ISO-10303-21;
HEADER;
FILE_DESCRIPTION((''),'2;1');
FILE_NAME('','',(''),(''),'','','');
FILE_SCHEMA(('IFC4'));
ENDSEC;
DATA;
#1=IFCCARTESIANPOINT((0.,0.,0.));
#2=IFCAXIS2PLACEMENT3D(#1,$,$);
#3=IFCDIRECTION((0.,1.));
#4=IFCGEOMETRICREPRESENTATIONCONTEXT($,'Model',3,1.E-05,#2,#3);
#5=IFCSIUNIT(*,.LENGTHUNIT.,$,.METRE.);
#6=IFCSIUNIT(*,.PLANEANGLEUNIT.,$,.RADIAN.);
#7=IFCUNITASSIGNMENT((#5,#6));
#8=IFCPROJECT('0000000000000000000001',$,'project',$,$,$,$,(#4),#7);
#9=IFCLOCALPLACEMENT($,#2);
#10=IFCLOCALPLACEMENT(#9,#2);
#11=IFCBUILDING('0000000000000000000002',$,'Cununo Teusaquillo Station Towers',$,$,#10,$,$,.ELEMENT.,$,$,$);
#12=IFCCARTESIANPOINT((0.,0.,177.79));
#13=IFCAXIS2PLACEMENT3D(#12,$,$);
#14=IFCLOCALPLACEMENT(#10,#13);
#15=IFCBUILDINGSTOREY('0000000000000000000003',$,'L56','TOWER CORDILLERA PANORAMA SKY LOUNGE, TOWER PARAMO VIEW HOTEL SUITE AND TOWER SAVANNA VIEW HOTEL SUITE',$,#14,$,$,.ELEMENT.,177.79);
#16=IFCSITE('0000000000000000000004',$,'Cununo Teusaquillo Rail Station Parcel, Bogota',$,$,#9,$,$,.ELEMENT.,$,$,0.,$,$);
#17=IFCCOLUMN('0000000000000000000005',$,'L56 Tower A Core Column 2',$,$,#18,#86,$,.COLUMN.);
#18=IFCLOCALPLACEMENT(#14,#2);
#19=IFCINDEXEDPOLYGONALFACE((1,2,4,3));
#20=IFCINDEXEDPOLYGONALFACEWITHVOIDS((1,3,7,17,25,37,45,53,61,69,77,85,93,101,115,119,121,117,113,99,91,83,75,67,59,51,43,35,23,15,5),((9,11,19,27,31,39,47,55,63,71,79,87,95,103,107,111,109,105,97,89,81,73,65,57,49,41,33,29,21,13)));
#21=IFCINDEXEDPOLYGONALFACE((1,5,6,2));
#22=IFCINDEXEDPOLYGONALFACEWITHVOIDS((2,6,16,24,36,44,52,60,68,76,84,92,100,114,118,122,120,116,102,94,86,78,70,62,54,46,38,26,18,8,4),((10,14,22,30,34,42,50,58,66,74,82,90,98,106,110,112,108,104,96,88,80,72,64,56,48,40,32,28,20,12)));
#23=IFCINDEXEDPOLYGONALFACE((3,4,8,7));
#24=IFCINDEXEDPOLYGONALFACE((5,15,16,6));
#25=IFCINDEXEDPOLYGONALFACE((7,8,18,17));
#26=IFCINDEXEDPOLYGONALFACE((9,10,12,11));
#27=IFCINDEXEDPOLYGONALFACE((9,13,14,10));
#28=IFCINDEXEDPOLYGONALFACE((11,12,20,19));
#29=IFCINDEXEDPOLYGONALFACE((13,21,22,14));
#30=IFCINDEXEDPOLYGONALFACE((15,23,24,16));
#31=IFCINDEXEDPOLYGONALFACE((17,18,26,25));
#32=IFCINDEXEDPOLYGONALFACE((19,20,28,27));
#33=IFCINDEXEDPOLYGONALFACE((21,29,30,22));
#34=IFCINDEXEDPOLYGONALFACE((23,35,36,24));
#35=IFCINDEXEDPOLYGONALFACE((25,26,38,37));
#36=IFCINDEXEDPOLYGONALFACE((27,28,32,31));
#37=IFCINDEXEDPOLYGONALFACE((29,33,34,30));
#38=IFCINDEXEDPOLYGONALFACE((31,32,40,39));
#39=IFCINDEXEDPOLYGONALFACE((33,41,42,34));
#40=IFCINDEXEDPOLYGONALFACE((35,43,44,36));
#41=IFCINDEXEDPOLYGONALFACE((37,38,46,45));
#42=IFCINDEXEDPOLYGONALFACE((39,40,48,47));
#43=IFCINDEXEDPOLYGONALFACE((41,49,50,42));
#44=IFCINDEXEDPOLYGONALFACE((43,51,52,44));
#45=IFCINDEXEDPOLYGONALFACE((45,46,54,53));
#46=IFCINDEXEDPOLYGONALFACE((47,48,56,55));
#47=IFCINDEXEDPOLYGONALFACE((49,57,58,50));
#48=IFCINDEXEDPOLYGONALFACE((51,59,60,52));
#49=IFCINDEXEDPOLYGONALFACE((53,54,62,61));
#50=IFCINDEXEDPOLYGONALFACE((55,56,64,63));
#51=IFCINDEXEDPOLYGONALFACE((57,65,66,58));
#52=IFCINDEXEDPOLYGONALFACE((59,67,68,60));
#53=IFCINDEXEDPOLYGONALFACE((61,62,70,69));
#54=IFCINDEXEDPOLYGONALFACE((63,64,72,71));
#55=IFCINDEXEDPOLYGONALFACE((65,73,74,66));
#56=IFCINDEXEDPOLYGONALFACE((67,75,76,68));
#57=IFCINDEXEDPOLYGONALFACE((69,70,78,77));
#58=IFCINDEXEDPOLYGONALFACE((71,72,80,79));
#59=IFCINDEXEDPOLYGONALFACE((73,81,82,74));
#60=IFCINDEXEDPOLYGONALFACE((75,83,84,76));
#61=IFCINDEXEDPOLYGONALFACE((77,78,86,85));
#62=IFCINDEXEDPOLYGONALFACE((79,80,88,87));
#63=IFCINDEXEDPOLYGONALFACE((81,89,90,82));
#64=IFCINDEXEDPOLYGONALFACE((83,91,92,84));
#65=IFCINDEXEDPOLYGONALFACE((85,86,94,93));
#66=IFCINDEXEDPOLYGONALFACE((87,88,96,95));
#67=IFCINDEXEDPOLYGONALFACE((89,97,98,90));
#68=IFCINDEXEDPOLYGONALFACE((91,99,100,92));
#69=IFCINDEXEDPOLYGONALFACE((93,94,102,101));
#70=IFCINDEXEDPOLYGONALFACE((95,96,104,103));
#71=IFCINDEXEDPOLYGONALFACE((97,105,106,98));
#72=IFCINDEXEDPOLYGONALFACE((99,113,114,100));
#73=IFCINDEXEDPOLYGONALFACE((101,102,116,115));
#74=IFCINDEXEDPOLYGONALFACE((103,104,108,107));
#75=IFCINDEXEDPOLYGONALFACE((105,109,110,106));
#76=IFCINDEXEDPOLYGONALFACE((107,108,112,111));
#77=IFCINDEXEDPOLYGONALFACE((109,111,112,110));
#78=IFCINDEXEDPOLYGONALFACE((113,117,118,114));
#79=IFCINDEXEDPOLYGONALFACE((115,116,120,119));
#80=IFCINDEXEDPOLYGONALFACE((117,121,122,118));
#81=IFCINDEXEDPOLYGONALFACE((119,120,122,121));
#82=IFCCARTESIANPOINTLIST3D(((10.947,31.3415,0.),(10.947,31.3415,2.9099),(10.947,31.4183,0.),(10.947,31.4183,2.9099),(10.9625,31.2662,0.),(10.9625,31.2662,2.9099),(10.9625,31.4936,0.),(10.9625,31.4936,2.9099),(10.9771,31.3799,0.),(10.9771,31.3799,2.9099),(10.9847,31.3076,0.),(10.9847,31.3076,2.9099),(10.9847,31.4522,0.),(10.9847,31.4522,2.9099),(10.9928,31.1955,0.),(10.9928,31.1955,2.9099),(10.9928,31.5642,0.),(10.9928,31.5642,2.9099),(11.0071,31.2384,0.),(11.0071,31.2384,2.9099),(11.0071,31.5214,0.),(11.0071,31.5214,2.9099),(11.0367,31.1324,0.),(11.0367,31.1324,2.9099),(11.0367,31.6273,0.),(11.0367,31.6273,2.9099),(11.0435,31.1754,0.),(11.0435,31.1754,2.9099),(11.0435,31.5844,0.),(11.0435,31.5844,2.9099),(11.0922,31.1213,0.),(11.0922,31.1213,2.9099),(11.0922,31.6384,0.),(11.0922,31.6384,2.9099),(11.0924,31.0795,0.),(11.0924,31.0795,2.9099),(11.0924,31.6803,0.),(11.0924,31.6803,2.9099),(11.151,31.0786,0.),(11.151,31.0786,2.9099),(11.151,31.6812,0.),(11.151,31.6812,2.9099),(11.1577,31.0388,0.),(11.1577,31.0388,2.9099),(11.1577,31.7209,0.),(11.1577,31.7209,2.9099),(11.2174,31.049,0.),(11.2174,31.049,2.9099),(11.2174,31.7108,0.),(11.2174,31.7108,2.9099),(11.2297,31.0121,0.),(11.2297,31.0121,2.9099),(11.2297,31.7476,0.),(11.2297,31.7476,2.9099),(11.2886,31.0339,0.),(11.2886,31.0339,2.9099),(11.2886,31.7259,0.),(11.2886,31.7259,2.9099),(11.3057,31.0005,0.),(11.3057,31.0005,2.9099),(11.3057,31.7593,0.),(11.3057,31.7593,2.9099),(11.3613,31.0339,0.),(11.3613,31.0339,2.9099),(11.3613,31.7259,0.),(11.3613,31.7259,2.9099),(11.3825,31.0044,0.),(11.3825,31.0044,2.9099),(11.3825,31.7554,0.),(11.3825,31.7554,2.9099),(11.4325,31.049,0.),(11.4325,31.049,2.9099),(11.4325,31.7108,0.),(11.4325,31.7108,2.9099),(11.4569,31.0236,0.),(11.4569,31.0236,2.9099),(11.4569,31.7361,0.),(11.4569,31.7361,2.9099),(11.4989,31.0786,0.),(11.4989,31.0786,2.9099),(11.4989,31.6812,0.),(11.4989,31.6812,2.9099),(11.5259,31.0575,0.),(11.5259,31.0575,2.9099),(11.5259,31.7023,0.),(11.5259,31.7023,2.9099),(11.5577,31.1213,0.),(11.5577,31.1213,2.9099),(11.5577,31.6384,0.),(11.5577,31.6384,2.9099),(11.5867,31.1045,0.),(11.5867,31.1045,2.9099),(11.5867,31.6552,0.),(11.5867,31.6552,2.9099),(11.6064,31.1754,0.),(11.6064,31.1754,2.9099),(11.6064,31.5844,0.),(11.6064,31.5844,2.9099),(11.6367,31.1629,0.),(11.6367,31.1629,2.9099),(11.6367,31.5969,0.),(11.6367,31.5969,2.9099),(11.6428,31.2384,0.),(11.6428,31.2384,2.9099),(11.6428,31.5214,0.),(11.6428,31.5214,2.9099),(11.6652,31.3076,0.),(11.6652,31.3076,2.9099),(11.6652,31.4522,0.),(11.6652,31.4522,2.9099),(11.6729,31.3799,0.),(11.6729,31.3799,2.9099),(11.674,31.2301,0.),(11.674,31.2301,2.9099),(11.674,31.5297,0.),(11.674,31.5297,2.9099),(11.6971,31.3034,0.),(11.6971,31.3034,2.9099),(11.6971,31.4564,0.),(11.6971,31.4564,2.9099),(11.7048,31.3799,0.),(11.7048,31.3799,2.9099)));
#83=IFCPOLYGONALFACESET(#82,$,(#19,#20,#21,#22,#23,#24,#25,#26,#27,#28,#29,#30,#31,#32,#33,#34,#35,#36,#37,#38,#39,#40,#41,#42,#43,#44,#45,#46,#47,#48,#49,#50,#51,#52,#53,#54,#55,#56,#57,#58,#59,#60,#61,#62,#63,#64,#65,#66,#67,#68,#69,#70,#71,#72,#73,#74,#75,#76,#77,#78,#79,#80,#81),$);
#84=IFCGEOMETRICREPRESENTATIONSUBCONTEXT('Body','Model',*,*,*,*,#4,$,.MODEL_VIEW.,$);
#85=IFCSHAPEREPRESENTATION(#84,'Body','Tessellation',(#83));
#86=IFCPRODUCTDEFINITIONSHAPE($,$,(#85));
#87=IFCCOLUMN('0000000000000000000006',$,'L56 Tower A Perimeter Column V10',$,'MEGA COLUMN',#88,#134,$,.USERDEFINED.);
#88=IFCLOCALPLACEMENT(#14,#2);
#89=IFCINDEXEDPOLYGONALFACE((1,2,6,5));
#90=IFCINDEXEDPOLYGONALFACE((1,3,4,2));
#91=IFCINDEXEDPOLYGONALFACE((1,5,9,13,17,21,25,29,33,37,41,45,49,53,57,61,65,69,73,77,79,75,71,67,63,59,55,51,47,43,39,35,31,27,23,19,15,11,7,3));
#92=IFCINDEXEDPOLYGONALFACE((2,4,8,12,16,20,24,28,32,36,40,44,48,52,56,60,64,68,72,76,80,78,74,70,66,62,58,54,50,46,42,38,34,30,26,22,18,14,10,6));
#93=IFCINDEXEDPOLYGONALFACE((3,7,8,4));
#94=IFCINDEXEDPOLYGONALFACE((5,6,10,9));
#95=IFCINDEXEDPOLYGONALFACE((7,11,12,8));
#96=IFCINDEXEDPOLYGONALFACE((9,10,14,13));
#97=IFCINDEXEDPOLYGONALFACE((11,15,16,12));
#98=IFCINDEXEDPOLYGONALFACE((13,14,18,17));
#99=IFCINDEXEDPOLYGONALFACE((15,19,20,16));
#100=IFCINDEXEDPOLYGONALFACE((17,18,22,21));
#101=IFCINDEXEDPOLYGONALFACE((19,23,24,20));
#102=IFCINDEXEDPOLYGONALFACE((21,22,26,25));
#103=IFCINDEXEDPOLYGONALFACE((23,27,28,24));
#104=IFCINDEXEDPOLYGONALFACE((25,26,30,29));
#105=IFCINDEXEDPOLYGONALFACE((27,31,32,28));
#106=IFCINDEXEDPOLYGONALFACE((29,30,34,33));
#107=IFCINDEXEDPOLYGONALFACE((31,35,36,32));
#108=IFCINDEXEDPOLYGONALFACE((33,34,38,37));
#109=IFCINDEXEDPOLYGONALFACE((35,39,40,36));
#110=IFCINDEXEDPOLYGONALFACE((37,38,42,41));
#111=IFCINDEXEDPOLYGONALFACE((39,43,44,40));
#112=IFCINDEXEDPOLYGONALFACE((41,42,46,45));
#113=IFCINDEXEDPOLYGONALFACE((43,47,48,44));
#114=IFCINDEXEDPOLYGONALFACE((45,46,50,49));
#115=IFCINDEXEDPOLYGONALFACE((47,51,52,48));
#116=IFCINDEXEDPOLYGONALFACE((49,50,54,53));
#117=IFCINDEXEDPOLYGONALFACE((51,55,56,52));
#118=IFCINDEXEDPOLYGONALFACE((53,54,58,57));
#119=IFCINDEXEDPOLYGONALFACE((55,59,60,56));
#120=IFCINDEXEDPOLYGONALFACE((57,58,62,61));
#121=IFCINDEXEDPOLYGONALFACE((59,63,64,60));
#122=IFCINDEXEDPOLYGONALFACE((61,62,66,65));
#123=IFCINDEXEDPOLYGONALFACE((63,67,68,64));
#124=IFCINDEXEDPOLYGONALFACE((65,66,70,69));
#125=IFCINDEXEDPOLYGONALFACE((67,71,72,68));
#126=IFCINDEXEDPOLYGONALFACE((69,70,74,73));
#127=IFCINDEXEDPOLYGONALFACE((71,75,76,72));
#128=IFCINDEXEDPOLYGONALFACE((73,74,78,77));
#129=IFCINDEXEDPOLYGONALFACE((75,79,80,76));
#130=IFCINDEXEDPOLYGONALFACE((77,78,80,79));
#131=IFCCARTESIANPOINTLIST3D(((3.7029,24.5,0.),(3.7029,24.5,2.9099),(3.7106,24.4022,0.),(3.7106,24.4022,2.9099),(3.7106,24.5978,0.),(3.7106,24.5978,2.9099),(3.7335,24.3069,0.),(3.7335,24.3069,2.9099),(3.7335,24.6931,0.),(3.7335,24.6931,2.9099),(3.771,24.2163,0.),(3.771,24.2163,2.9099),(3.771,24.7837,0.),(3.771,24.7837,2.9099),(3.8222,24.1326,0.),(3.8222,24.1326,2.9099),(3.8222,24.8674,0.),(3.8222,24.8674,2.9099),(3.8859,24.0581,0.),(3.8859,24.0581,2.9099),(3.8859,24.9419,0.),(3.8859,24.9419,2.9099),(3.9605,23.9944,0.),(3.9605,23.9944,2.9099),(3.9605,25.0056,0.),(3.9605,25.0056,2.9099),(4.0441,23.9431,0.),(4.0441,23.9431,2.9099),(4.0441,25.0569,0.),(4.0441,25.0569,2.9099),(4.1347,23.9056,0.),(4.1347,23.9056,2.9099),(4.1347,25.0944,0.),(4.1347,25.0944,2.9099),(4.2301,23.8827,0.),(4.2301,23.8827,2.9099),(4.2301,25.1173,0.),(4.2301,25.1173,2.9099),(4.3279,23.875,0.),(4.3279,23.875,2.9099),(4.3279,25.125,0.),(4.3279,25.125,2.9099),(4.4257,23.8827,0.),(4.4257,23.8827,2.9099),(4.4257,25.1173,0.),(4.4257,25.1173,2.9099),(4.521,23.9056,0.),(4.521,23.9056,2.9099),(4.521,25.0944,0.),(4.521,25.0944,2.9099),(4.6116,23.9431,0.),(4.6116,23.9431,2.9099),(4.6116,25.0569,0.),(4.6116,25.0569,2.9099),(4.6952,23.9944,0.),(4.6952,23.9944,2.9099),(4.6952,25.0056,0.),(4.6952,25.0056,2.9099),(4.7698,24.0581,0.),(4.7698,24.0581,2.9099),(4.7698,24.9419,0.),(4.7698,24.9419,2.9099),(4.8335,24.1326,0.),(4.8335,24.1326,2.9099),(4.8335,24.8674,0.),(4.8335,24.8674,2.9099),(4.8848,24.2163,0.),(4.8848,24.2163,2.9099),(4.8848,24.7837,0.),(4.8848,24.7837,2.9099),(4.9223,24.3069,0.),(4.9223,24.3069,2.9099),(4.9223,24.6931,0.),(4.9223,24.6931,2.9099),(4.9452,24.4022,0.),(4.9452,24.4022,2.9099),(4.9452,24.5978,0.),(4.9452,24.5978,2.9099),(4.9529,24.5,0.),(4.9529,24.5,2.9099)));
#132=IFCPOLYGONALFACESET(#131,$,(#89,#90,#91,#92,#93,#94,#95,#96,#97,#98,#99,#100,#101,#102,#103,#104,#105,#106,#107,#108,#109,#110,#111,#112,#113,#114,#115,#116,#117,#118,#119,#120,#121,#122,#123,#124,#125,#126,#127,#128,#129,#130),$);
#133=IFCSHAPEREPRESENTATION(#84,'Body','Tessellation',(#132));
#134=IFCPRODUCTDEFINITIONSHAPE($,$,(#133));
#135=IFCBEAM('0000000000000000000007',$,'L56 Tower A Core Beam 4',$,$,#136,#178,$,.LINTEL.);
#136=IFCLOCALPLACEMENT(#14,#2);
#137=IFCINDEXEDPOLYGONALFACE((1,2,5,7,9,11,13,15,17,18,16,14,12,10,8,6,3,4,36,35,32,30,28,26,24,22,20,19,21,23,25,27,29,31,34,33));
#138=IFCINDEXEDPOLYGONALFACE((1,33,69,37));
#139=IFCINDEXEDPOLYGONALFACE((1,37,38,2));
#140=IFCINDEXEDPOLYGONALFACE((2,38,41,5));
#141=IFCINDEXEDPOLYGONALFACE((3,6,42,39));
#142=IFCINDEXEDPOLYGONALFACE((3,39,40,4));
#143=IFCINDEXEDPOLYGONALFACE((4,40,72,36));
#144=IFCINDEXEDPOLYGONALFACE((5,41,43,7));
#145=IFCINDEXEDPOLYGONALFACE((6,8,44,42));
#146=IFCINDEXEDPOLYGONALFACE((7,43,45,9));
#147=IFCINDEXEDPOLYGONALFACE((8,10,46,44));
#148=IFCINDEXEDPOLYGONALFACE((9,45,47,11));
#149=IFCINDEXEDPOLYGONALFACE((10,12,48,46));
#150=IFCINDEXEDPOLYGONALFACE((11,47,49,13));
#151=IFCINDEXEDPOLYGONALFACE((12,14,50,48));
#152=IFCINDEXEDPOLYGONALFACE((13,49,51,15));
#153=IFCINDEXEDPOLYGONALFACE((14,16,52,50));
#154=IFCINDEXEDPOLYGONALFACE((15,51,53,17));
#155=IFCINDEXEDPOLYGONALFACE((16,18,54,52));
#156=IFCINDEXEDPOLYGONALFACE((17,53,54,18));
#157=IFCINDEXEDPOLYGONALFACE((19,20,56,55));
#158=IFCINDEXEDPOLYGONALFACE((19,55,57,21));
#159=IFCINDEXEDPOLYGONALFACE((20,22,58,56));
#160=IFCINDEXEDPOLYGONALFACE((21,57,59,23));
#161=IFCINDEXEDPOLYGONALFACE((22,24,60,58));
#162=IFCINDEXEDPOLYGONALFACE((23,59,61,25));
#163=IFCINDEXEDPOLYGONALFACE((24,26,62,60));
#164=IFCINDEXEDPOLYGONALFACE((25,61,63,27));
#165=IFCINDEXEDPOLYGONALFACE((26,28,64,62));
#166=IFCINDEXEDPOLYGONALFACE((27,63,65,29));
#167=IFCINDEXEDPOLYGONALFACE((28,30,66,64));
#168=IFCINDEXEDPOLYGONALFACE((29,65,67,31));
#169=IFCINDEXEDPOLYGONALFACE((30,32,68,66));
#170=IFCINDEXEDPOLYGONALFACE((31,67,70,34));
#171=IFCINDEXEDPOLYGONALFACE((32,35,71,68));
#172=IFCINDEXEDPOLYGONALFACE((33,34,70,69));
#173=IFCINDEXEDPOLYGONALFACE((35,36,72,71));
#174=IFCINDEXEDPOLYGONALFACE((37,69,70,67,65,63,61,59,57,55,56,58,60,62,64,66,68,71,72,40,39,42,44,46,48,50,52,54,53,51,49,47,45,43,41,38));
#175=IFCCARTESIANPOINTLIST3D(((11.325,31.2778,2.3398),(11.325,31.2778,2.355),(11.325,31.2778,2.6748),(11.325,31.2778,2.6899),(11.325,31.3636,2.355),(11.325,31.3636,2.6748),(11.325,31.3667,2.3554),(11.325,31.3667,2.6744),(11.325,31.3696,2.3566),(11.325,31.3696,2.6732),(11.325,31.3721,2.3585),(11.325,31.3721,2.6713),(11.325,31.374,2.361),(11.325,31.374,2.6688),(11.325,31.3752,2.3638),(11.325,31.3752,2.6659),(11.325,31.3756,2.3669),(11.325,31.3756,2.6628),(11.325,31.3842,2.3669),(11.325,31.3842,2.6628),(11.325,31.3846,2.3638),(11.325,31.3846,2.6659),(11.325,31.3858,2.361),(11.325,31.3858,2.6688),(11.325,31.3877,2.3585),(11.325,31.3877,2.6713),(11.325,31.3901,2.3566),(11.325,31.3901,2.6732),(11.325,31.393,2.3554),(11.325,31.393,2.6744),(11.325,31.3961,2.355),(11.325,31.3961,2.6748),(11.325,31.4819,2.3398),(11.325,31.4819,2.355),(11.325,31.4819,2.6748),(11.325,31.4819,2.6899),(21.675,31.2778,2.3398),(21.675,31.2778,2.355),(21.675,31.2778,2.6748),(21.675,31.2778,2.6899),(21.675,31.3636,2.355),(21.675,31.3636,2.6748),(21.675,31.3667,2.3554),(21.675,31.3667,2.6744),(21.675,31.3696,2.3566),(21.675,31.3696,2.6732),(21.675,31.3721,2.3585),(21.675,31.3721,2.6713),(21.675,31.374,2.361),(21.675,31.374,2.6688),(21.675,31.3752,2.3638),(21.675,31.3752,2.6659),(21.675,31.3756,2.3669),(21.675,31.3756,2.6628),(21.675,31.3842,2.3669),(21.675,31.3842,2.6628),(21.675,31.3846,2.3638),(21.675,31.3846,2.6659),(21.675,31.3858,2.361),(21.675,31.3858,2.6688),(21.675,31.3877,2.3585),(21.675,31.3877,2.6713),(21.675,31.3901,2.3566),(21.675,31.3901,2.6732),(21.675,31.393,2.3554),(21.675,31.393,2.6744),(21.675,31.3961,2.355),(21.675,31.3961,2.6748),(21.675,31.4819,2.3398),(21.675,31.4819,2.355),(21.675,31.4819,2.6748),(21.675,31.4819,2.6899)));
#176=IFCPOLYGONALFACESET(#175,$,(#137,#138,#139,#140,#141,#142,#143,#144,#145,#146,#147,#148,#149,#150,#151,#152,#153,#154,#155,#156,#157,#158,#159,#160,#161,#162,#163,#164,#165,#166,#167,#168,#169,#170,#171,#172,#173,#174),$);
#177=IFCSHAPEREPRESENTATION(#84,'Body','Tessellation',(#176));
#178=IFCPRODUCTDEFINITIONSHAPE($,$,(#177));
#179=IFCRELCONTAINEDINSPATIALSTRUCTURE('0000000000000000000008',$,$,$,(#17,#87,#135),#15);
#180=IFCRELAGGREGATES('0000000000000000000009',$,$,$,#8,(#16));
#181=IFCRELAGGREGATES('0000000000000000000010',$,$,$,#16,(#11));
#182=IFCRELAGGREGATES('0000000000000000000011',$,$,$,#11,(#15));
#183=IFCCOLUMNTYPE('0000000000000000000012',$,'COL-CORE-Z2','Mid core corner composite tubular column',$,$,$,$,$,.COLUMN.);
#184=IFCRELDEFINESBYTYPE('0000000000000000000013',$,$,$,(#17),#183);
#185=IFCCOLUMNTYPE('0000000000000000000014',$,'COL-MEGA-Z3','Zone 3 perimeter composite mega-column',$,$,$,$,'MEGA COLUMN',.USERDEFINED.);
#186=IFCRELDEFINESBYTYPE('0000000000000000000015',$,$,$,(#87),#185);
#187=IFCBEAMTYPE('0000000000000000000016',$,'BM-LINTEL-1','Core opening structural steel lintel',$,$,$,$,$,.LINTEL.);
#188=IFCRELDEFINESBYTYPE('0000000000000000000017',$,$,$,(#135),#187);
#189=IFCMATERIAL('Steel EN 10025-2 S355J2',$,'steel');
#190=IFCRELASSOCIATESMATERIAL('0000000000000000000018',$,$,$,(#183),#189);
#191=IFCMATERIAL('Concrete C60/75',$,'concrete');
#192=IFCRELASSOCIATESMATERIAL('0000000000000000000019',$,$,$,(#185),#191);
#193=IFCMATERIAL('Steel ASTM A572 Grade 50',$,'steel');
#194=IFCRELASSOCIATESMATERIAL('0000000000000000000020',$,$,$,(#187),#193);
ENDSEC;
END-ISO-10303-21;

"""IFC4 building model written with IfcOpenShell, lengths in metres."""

from ifc_helpers import new_model, si_unit, direction, frame, origin, origin_2d, place, context, subcontext, project, spatial, circle, hollow_circle, i_section, extrude, material, material_profile, profile_set, type_object, element, save


model = new_model("IFC4")

# Units and contexts
model_context = context("Model", 3, precision=1e-05, world=origin(), true_north=direction((0.0, 1.0)))
body_context = subcontext(model_context, "Body", "Model", "MODEL_VIEW")
ifc_project = project(units=[si_unit("LENGTHUNIT", "METRE"), si_unit("PLANEANGLEUNIT", "RADIAN")], contexts=[model_context])

# Site, building, storey
site_placement = place(None, origin())
site = spatial("IfcSite", under=ifc_project, at=site_placement, Name="Cununo Teusaquillo Rail Station Parcel, Bogota", CompositionType="ELEMENT", RefElevation=0.0)
building_placement = place(site_placement, origin())
building = spatial("IfcBuilding", under=site, at=building_placement, Name="Cununo Teusaquillo Station Towers", CompositionType="ELEMENT")
storey_placement = place(building_placement, frame((0.0, 0.0, 177.79)))
storey = spatial("IfcBuildingStorey", under=building, at=storey_placement, Name="L56", Description="TOWER CORDILLERA PANORAMA SKY LOUNGE, TOWER PARAMO VIEW HOTEL SUITE AND TOWER SAVANNA VIEW HOTEL SUITE", CompositionType="ELEMENT", Elevation=177.79)

# Columns
ifc_material_1 = material(Name="Steel EN 10025-2 S355J2", Category="steel")
ifc_material_profile_1 = material_profile(ifc_material_1, hollow_circle(Radius=0.3799, WallThickness=0.032, at=origin_2d()), Name="CHS 760x32")
ifc_profile_set_1 = profile_set([ifc_material_profile_1], Name="Steel EN 10025-2 S355J2")
column_type_1 = type_object("IfcColumnType", Name="COL-CORE-Z2", Description="Mid core corner composite tubular column", PredefinedType="COLUMN", material=ifc_profile_set_1)
column_1_placement = place(storey_placement, frame((11.325, 31.3799, 0.0), z_axis=(0.0, 0.0, 1.0), x_axis=(1.0, 0.0, 0.0)))
element("IfcColumn", 1, at=column_1_placement, inside=storey, type_object=column_type_1, Name="L56 Tower A Core Column 2", PredefinedType="COLUMN", context=body_context, shape_type="SweptSolid", body=[
    extrude(hollow_circle(Radius=0.3799, WallThickness=0.032, at=origin_2d()), origin(), (0.0, 0.0, 1.0), 2.9099),
])
ifc_material_2 = material(Name="Concrete C60/75", Category="concrete")
ifc_material_profile_2 = material_profile(ifc_material_2, circle(Radius=0.625, at=origin_2d()), Name="RC-CIRC-1250")
ifc_profile_set_2 = profile_set([ifc_material_profile_2], Name="Concrete C60/75")
column_type_2 = type_object("IfcColumnType", Name="COL-MEGA-Z3", Description="Zone 3 perimeter composite mega-column", ElementType="MEGA COLUMN", PredefinedType="USERDEFINED", material=ifc_profile_set_2)
column_2_placement = place(storey_placement, frame((4.3279, 24.5, 0.0), z_axis=(0.0, 0.0, 1.0), x_axis=(1.0, 0.0, 0.0)))
element("IfcColumn", 2, at=column_2_placement, inside=storey, type_object=column_type_2, Name="L56 Tower A Perimeter Column V10", ObjectType="MEGA COLUMN", PredefinedType="USERDEFINED", context=body_context, shape_type="SweptSolid", body=[
    extrude(circle(Radius=0.625, at=origin_2d()), origin(), (0.0, 0.0, 1.0), 2.9099),
])

# Beam
ifc_material_3 = material(Name="Steel ASTM A572 Grade 50", Category="steel")
ifc_material_profile_3 = material_profile(ifc_material_3, i_section(OverallWidth=0.2041, OverallDepth=0.3501, WebThickness=0.0085, FlangeThickness=0.0151, FilletRadius=0.012, at=origin_2d()), Name="W14X48")
ifc_profile_set_3 = profile_set([ifc_material_profile_3], Name="Steel ASTM A572 Grade 50")
beam_type_1 = type_object("IfcBeamType", Name="BM-LINTEL-1", Description="Core opening structural steel lintel", PredefinedType="LINTEL", material=ifc_profile_set_3)
beam_1_placement = place(storey_placement, frame((11.325, 31.3799, 2.5149), z_axis=(1.0, 0.0, 0.0), x_axis=(0.0, 1.0, 0.0)))
element("IfcBeam", 3, at=beam_1_placement, inside=storey, type_object=beam_type_1, Name="L56 Tower A Core Beam 4", PredefinedType="LINTEL", context=body_context, shape_type="SweptSolid", body=[
    extrude(i_section(OverallWidth=0.2041, OverallDepth=0.3501, WebThickness=0.0085, FlangeThickness=0.0151, FilletRadius=0.012, at=origin_2d()), origin(), (0.0, 0.0, 1.0), 10.3501),
])

save(model, "model.ifc")
